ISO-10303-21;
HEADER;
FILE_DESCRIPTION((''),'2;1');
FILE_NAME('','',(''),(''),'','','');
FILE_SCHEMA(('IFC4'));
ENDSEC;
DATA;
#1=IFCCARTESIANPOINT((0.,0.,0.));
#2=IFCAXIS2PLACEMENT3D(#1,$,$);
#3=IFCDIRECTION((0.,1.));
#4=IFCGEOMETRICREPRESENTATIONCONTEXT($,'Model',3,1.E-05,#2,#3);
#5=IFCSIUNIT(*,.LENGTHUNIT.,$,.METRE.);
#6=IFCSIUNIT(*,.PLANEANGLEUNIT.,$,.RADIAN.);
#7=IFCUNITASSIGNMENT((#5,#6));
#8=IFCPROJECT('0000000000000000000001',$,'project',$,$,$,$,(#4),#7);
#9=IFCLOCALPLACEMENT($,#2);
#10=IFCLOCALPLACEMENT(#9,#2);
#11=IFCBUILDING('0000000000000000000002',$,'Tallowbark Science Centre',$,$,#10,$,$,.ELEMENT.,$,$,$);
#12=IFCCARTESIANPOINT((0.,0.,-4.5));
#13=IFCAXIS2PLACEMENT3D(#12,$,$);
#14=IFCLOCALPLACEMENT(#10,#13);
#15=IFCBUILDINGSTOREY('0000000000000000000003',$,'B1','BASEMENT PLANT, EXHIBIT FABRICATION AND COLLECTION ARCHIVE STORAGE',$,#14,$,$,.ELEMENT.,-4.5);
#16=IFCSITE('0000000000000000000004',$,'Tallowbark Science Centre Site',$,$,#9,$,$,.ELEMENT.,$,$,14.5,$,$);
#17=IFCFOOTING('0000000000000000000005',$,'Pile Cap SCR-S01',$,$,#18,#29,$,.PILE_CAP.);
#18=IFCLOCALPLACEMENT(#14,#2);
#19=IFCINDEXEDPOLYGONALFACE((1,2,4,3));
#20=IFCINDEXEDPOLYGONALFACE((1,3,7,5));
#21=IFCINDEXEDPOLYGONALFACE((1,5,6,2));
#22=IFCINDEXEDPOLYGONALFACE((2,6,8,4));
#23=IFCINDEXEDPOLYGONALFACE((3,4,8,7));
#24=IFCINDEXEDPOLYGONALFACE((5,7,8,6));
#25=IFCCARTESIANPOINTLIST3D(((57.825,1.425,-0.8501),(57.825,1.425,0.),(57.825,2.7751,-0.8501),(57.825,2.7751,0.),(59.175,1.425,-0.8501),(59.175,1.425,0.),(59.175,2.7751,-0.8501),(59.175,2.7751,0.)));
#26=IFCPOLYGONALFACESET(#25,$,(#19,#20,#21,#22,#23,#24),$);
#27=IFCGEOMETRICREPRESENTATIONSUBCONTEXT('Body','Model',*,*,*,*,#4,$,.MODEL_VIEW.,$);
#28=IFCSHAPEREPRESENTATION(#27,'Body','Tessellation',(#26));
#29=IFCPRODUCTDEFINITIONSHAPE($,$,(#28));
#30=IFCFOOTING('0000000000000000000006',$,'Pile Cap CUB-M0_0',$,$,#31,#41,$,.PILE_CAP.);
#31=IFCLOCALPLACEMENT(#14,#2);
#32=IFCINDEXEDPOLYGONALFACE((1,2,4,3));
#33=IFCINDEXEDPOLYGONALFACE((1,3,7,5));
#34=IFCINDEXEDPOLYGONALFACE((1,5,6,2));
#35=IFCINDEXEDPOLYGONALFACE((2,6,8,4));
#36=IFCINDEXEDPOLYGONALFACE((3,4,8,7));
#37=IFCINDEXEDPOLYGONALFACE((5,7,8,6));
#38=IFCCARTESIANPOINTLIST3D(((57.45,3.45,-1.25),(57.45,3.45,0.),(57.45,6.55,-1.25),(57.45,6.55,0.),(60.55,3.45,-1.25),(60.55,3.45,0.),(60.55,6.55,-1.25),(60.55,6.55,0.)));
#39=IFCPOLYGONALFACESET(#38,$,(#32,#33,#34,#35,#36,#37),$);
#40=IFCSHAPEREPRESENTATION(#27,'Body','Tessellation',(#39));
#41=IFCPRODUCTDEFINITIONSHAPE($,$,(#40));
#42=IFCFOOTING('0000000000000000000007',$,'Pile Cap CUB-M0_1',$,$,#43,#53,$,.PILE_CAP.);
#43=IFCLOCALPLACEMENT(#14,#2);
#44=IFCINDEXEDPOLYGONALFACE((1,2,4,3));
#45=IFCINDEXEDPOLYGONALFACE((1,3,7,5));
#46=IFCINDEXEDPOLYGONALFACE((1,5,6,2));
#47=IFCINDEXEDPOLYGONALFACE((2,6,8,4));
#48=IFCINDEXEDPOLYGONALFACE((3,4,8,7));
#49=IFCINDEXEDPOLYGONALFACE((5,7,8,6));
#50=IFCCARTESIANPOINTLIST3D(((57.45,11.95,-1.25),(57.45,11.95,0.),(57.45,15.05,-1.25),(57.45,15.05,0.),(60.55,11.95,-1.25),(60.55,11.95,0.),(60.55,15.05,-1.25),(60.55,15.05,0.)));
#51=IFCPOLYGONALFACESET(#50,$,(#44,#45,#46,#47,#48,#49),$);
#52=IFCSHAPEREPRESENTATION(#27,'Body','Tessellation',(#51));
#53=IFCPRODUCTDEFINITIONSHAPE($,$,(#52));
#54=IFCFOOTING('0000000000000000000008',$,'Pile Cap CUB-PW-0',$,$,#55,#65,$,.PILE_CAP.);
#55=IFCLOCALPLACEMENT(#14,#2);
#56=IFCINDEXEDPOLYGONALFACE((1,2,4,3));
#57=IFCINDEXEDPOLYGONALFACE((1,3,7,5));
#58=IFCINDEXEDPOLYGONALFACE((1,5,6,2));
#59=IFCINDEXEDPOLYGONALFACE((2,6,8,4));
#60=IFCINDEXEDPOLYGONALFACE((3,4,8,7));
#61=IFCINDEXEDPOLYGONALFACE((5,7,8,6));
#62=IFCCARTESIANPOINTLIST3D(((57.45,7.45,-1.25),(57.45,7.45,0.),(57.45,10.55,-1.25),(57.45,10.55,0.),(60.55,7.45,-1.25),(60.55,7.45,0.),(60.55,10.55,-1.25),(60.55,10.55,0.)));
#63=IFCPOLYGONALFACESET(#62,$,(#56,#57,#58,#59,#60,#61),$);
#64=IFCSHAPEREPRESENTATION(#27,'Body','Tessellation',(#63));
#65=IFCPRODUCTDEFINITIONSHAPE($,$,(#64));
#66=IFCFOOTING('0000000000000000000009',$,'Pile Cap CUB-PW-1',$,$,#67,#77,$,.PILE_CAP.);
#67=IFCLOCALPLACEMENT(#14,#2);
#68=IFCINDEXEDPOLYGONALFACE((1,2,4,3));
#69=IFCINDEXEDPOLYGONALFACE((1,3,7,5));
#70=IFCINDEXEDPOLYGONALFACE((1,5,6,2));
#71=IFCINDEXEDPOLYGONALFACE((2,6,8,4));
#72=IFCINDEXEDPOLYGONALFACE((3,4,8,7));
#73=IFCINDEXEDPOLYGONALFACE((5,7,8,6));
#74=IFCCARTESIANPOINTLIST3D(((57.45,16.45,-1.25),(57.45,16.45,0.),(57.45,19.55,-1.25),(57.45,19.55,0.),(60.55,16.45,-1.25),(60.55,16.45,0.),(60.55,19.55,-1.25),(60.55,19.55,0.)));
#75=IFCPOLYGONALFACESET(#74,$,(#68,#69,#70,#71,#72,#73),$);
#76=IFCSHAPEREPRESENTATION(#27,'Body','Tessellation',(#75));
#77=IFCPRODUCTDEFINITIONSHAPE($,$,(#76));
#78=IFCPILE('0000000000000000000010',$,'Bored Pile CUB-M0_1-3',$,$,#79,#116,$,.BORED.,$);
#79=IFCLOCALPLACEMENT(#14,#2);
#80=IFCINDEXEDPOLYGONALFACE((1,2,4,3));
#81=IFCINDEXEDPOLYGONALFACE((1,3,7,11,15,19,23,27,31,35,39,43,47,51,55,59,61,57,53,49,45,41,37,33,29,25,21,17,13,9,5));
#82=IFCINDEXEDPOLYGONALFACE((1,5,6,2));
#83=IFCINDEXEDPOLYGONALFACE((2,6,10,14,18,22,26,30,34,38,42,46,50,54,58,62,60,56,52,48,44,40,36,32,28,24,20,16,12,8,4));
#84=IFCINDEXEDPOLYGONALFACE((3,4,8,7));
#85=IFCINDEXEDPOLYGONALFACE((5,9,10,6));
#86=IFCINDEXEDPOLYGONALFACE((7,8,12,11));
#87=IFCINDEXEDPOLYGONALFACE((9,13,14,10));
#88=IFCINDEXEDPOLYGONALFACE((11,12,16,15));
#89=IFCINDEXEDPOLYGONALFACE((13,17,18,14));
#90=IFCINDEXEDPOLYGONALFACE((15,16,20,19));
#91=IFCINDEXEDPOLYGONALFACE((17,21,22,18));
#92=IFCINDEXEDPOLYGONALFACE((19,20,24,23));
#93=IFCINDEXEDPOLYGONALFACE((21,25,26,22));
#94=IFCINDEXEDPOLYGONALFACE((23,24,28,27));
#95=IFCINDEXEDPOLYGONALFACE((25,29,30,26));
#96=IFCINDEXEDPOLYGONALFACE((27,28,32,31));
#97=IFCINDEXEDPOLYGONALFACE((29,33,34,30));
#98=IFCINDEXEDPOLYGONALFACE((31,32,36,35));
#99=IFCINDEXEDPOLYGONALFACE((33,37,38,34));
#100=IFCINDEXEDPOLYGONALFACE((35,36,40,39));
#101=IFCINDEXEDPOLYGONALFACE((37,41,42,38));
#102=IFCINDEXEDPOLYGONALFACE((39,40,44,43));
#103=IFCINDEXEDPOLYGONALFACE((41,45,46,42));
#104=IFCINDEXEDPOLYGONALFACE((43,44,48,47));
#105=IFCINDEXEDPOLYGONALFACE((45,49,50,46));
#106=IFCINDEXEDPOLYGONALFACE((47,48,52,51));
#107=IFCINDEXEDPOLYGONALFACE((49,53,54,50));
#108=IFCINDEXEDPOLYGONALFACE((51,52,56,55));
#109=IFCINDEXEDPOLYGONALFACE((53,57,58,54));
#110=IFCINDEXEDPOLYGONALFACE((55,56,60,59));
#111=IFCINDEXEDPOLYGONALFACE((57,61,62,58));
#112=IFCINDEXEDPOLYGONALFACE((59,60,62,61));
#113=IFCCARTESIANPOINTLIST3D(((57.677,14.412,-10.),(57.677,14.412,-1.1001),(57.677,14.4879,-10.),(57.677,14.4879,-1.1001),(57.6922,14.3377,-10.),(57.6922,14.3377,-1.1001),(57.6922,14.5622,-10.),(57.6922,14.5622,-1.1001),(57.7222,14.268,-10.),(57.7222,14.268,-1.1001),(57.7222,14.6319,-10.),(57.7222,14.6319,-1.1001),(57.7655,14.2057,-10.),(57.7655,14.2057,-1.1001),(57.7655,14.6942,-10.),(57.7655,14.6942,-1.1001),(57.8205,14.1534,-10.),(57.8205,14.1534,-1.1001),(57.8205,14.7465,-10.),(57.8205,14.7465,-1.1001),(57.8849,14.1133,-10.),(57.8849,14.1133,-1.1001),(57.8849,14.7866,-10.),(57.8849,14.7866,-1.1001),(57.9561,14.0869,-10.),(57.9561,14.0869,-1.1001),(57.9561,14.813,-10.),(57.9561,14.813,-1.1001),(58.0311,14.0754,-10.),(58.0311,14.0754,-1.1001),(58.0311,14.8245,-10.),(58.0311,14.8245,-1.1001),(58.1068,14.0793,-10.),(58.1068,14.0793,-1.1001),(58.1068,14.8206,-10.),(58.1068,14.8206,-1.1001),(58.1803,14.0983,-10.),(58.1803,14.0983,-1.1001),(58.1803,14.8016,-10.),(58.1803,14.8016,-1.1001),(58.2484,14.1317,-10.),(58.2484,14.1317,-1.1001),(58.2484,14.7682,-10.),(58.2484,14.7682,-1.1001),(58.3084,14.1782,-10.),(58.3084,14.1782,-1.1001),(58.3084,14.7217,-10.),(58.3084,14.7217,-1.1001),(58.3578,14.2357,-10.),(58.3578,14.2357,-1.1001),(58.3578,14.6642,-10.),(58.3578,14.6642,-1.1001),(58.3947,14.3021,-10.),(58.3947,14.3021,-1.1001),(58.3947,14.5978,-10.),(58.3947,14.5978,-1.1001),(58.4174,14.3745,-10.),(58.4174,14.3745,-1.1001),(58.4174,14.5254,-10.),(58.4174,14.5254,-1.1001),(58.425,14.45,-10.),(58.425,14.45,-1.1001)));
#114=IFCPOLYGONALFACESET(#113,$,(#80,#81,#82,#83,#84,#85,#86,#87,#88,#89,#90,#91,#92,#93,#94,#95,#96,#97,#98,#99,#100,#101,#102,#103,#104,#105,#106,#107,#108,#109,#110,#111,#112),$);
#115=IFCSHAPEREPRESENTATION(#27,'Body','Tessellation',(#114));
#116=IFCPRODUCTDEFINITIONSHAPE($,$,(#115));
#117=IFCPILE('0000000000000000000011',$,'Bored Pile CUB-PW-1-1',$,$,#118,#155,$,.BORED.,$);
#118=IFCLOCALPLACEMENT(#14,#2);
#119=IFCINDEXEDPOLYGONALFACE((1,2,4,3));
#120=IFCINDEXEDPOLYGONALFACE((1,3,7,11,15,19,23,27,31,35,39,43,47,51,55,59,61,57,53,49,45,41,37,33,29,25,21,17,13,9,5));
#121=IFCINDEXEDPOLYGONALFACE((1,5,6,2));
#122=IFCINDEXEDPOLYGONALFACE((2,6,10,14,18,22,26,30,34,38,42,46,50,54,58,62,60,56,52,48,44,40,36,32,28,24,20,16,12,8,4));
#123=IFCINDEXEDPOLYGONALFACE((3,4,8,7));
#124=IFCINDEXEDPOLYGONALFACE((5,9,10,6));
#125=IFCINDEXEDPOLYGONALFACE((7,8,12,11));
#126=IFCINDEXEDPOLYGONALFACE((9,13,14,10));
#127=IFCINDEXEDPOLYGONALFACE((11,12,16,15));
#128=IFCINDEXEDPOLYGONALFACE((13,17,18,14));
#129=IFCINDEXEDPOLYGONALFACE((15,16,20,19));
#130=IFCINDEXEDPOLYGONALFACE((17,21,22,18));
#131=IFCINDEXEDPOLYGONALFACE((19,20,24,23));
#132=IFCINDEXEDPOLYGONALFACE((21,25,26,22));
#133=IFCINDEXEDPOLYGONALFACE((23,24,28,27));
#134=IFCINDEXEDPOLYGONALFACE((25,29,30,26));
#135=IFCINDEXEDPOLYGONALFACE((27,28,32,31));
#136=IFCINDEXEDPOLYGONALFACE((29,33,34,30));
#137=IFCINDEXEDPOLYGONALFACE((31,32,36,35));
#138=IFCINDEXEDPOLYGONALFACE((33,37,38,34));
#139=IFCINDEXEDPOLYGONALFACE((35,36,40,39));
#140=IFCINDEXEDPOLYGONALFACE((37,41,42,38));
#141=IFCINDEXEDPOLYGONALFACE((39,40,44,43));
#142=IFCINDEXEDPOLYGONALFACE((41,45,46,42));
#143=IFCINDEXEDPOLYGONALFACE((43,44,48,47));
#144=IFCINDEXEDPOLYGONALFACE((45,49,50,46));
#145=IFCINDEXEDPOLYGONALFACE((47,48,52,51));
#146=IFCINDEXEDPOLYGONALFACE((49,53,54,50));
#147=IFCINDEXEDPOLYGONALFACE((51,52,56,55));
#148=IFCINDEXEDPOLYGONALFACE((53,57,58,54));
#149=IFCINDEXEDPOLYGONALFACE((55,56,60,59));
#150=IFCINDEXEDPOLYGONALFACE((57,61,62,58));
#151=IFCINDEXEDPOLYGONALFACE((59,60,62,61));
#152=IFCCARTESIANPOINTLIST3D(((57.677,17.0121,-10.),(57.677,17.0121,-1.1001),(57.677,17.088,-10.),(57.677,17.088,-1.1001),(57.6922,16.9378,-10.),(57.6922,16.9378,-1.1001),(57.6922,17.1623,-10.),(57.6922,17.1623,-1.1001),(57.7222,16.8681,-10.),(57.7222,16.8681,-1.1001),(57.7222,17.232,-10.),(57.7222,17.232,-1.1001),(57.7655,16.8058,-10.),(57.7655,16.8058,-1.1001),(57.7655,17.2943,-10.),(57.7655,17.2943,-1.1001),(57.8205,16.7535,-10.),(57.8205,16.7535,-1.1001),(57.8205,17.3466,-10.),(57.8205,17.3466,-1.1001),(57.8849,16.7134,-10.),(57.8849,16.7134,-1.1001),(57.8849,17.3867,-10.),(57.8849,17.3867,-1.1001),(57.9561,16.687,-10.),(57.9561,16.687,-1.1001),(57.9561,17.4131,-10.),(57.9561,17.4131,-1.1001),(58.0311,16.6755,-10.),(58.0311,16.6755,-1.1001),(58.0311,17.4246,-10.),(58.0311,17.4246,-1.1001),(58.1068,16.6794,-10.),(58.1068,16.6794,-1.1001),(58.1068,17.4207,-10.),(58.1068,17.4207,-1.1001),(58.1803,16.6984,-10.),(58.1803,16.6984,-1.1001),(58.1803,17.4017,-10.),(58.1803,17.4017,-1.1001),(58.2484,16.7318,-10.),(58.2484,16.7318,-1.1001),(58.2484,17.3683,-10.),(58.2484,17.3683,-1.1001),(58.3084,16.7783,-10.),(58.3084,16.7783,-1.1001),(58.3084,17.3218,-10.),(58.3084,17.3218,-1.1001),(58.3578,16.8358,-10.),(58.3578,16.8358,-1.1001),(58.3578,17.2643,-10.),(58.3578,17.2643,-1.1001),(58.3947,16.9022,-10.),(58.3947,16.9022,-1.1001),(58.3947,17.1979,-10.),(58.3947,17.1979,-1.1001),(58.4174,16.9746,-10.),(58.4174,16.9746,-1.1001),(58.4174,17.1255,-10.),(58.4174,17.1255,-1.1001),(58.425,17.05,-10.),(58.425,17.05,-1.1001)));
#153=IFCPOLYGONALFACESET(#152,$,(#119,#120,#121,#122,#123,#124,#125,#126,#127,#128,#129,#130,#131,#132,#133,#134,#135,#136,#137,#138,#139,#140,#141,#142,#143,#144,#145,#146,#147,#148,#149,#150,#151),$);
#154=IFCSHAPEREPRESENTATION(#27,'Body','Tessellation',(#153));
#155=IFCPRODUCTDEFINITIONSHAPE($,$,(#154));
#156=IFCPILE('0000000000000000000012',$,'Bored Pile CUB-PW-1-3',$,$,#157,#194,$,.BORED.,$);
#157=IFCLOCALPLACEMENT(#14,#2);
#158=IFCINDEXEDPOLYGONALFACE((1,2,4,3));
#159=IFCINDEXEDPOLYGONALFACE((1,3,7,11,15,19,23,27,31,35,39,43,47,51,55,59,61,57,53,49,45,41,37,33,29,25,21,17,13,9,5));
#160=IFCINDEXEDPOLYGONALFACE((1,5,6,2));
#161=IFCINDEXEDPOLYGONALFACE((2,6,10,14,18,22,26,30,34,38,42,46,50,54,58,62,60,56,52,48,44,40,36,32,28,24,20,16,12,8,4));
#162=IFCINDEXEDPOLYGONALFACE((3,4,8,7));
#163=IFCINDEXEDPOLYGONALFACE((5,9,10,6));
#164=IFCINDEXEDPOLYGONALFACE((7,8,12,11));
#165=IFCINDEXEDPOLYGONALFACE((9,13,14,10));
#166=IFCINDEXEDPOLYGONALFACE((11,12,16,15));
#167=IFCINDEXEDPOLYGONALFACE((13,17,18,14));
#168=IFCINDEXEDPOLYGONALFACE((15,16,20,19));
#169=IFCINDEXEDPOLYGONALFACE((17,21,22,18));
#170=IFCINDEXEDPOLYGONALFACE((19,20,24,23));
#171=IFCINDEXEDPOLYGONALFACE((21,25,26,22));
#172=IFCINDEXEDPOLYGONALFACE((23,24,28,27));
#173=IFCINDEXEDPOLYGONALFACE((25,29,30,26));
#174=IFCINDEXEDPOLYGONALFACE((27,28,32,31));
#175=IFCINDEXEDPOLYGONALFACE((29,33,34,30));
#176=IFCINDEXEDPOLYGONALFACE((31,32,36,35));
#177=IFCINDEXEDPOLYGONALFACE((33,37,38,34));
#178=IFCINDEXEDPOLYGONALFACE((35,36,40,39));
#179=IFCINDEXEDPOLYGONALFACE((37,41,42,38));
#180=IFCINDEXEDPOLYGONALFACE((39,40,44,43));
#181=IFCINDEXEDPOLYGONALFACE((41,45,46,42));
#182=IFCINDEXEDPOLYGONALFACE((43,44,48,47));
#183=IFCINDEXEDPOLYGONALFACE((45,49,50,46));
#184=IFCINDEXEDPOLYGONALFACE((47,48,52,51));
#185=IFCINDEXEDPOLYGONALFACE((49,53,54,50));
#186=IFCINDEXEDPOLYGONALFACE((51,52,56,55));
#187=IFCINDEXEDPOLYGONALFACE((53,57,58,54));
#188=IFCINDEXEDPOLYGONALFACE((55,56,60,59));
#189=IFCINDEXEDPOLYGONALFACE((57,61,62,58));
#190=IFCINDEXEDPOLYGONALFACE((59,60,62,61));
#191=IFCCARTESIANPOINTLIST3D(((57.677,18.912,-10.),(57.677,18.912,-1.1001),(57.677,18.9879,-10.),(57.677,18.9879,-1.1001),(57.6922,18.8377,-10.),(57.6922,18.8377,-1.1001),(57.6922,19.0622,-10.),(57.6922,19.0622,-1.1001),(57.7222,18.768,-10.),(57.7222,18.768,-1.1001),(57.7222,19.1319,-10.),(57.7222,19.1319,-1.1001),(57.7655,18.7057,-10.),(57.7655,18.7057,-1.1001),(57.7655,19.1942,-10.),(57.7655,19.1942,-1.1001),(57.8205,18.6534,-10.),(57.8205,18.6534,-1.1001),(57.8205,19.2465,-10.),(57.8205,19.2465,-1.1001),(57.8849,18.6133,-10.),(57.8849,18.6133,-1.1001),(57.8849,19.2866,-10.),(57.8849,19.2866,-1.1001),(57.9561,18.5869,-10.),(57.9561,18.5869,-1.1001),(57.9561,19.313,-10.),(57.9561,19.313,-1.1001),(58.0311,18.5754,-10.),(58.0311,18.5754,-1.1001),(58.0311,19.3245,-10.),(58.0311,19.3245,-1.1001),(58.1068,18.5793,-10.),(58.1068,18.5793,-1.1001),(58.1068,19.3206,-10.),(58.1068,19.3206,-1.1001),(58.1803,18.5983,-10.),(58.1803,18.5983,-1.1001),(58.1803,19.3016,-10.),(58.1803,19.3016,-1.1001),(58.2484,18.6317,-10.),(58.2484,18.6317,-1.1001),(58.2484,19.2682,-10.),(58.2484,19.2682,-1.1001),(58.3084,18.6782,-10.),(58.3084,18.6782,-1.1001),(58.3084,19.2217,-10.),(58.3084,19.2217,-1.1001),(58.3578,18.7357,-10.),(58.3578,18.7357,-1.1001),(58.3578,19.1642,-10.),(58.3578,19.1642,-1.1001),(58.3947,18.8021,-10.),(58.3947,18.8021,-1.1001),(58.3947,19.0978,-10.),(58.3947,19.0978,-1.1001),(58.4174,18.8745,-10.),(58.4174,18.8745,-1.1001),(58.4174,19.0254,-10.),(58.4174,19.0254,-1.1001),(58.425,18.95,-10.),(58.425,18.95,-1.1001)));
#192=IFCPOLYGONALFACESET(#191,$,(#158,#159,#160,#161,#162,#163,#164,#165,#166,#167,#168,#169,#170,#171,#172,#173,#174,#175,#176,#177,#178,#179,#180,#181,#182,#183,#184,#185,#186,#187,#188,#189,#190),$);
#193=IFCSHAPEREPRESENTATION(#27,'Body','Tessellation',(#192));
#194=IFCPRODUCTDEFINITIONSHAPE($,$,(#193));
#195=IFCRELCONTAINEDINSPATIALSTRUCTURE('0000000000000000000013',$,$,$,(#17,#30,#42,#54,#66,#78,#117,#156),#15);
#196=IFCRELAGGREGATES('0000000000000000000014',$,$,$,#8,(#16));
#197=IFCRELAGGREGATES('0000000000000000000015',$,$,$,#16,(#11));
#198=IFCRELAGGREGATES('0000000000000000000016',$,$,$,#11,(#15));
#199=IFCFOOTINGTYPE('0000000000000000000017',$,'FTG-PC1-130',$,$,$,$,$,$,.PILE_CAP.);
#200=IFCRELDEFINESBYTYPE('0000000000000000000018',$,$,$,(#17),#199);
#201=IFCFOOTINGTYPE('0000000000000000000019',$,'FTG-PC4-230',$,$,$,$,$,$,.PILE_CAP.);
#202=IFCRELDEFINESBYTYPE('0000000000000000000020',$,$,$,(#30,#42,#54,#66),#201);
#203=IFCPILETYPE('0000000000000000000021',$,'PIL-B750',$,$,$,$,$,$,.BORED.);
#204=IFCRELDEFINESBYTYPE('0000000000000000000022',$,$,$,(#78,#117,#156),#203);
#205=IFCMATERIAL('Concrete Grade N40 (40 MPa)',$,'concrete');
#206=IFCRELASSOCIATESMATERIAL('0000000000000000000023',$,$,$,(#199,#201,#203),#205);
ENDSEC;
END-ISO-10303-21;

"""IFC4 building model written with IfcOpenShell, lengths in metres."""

from ifc_helpers import new_model, si_unit, direction, frame, origin, origin_2d, place, context, subcontext, project, spatial, rectangle, circle, extrude, material, material_profile, profile_set, type_object, element, save


model = new_model("IFC4")

# Units and contexts
model_context = context("Model", 3, precision=1e-05, world=origin(), true_north=direction((0.0, 1.0)))
body_context = subcontext(model_context, "Body", "Model", "MODEL_VIEW")
ifc_project = project(units=[si_unit("LENGTHUNIT", "METRE"), si_unit("PLANEANGLEUNIT", "RADIAN")], contexts=[model_context])

# Site, building, storey
site_placement = place(None, origin())
site = spatial("IfcSite", under=ifc_project, at=site_placement, Name="Tallowbark Science Centre Site", CompositionType="ELEMENT", RefElevation=14.5)
building_placement = place(site_placement, origin())
building = spatial("IfcBuilding", under=site, at=building_placement, Name="Tallowbark Science Centre", CompositionType="ELEMENT")
storey_placement = place(building_placement, frame((0.0, 0.0, -4.5)))
storey = spatial("IfcBuildingStorey", under=building, at=storey_placement, Name="B1", Description="BASEMENT PLANT, EXHIBIT FABRICATION AND COLLECTION ARCHIVE STORAGE", CompositionType="ELEMENT", Elevation=-4.5)

# Footings
ifc_material_1 = material(Name="Concrete Grade N40 (40 MPa)", Category="concrete")
footing_type_1 = type_object("IfcFootingType", Name="FTG-PC1-130", PredefinedType="PILE_CAP", material=ifc_material_1)
footing_placement = place(storey_placement, frame((58.5, 2.1001, -0.8501), z_axis=(0.0, 0.0, 1.0), x_axis=(1.0, 0.0, 0.0)))
element("IfcFooting", 1, at=footing_placement, inside=storey, type_object=footing_type_1, Name="Pile Cap SCR-S01", PredefinedType="PILE_CAP", context=body_context, shape_type="SweptSolid", body=[
    extrude(rectangle(XDim=1.3501, YDim=1.3501, at=origin_2d()), origin(), (0.0, 0.0, 1.0), 0.8501),
])
footing_type_2 = type_object("IfcFootingType", Name="FTG-PC4-230", PredefinedType="PILE_CAP", material=ifc_material_1)
for number, where, z_axis, x_axis, name in (
    (2, (59.0, 5.0, -1.25), (0.0, 0.0, 1.0), (1.0, 0.0, 0.0), "Pile Cap CUB-M0_0"),
    (3, (59.0, 13.5, -1.25), (0.0, 0.0, 1.0), (1.0, 0.0, 0.0), "Pile Cap CUB-M0_1"),
    (4, (59.0, 9.0, -1.25), (0.0, 0.0, 1.0), (1.0, 0.0, 0.0), "Pile Cap CUB-PW-0"),
    (5, (59.0, 18.0, -1.25), (0.0, 0.0, 1.0), (1.0, 0.0, 0.0), "Pile Cap CUB-PW-1"),
):
    element("IfcFooting", number, at=place(storey_placement, frame(where, z_axis=z_axis, x_axis=x_axis)), inside=storey, type_object=footing_type_2, Name=name, PredefinedType="PILE_CAP", context=body_context, shape_type="SweptSolid", body=[
        extrude(rectangle(XDim=3.1001, YDim=3.1001, at=origin_2d()), origin(), (0.0, 0.0, 1.0), 1.25),
    ])

# Piles
ifc_material_profile_1 = material_profile(ifc_material_1, circle(Radius=0.375, at=origin_2d()), Name="PILE750")
ifc_profile_set_1 = profile_set([ifc_material_profile_1], Name="Concrete Grade N40 (40 MPa)")
pile_type = type_object("IfcPileType", Name="PIL-B750", PredefinedType="BORED", material=ifc_profile_set_1)
for number, where, z_axis, x_axis, name in (
    (6, (58.05, 14.45, -1.1001), (0.0, 0.0, -1.0), (1.0, 0.0, 0.0), "Bored Pile CUB-M0_1-3"),
    (7, (58.05, 17.05, -1.1001), (0.0, 0.0, -1.0), (1.0, 0.0, 0.0), "Bored Pile CUB-PW-1-1"),
    (8, (58.05, 18.95, -1.1001), (0.0, 0.0, -1.0), (1.0, 0.0, 0.0), "Bored Pile CUB-PW-1-3"),
):
    element("IfcPile", number, at=place(storey_placement, frame(where, z_axis=z_axis, x_axis=x_axis)), inside=storey, type_object=pile_type, Name=name, PredefinedType="BORED", context=body_context, shape_type="SweptSolid", body=[
        extrude(circle(Radius=0.375, at=origin_2d()), origin(), (0.0, 0.0, 1.0), 8.8999),
    ])

save(model, "model.ifc")
